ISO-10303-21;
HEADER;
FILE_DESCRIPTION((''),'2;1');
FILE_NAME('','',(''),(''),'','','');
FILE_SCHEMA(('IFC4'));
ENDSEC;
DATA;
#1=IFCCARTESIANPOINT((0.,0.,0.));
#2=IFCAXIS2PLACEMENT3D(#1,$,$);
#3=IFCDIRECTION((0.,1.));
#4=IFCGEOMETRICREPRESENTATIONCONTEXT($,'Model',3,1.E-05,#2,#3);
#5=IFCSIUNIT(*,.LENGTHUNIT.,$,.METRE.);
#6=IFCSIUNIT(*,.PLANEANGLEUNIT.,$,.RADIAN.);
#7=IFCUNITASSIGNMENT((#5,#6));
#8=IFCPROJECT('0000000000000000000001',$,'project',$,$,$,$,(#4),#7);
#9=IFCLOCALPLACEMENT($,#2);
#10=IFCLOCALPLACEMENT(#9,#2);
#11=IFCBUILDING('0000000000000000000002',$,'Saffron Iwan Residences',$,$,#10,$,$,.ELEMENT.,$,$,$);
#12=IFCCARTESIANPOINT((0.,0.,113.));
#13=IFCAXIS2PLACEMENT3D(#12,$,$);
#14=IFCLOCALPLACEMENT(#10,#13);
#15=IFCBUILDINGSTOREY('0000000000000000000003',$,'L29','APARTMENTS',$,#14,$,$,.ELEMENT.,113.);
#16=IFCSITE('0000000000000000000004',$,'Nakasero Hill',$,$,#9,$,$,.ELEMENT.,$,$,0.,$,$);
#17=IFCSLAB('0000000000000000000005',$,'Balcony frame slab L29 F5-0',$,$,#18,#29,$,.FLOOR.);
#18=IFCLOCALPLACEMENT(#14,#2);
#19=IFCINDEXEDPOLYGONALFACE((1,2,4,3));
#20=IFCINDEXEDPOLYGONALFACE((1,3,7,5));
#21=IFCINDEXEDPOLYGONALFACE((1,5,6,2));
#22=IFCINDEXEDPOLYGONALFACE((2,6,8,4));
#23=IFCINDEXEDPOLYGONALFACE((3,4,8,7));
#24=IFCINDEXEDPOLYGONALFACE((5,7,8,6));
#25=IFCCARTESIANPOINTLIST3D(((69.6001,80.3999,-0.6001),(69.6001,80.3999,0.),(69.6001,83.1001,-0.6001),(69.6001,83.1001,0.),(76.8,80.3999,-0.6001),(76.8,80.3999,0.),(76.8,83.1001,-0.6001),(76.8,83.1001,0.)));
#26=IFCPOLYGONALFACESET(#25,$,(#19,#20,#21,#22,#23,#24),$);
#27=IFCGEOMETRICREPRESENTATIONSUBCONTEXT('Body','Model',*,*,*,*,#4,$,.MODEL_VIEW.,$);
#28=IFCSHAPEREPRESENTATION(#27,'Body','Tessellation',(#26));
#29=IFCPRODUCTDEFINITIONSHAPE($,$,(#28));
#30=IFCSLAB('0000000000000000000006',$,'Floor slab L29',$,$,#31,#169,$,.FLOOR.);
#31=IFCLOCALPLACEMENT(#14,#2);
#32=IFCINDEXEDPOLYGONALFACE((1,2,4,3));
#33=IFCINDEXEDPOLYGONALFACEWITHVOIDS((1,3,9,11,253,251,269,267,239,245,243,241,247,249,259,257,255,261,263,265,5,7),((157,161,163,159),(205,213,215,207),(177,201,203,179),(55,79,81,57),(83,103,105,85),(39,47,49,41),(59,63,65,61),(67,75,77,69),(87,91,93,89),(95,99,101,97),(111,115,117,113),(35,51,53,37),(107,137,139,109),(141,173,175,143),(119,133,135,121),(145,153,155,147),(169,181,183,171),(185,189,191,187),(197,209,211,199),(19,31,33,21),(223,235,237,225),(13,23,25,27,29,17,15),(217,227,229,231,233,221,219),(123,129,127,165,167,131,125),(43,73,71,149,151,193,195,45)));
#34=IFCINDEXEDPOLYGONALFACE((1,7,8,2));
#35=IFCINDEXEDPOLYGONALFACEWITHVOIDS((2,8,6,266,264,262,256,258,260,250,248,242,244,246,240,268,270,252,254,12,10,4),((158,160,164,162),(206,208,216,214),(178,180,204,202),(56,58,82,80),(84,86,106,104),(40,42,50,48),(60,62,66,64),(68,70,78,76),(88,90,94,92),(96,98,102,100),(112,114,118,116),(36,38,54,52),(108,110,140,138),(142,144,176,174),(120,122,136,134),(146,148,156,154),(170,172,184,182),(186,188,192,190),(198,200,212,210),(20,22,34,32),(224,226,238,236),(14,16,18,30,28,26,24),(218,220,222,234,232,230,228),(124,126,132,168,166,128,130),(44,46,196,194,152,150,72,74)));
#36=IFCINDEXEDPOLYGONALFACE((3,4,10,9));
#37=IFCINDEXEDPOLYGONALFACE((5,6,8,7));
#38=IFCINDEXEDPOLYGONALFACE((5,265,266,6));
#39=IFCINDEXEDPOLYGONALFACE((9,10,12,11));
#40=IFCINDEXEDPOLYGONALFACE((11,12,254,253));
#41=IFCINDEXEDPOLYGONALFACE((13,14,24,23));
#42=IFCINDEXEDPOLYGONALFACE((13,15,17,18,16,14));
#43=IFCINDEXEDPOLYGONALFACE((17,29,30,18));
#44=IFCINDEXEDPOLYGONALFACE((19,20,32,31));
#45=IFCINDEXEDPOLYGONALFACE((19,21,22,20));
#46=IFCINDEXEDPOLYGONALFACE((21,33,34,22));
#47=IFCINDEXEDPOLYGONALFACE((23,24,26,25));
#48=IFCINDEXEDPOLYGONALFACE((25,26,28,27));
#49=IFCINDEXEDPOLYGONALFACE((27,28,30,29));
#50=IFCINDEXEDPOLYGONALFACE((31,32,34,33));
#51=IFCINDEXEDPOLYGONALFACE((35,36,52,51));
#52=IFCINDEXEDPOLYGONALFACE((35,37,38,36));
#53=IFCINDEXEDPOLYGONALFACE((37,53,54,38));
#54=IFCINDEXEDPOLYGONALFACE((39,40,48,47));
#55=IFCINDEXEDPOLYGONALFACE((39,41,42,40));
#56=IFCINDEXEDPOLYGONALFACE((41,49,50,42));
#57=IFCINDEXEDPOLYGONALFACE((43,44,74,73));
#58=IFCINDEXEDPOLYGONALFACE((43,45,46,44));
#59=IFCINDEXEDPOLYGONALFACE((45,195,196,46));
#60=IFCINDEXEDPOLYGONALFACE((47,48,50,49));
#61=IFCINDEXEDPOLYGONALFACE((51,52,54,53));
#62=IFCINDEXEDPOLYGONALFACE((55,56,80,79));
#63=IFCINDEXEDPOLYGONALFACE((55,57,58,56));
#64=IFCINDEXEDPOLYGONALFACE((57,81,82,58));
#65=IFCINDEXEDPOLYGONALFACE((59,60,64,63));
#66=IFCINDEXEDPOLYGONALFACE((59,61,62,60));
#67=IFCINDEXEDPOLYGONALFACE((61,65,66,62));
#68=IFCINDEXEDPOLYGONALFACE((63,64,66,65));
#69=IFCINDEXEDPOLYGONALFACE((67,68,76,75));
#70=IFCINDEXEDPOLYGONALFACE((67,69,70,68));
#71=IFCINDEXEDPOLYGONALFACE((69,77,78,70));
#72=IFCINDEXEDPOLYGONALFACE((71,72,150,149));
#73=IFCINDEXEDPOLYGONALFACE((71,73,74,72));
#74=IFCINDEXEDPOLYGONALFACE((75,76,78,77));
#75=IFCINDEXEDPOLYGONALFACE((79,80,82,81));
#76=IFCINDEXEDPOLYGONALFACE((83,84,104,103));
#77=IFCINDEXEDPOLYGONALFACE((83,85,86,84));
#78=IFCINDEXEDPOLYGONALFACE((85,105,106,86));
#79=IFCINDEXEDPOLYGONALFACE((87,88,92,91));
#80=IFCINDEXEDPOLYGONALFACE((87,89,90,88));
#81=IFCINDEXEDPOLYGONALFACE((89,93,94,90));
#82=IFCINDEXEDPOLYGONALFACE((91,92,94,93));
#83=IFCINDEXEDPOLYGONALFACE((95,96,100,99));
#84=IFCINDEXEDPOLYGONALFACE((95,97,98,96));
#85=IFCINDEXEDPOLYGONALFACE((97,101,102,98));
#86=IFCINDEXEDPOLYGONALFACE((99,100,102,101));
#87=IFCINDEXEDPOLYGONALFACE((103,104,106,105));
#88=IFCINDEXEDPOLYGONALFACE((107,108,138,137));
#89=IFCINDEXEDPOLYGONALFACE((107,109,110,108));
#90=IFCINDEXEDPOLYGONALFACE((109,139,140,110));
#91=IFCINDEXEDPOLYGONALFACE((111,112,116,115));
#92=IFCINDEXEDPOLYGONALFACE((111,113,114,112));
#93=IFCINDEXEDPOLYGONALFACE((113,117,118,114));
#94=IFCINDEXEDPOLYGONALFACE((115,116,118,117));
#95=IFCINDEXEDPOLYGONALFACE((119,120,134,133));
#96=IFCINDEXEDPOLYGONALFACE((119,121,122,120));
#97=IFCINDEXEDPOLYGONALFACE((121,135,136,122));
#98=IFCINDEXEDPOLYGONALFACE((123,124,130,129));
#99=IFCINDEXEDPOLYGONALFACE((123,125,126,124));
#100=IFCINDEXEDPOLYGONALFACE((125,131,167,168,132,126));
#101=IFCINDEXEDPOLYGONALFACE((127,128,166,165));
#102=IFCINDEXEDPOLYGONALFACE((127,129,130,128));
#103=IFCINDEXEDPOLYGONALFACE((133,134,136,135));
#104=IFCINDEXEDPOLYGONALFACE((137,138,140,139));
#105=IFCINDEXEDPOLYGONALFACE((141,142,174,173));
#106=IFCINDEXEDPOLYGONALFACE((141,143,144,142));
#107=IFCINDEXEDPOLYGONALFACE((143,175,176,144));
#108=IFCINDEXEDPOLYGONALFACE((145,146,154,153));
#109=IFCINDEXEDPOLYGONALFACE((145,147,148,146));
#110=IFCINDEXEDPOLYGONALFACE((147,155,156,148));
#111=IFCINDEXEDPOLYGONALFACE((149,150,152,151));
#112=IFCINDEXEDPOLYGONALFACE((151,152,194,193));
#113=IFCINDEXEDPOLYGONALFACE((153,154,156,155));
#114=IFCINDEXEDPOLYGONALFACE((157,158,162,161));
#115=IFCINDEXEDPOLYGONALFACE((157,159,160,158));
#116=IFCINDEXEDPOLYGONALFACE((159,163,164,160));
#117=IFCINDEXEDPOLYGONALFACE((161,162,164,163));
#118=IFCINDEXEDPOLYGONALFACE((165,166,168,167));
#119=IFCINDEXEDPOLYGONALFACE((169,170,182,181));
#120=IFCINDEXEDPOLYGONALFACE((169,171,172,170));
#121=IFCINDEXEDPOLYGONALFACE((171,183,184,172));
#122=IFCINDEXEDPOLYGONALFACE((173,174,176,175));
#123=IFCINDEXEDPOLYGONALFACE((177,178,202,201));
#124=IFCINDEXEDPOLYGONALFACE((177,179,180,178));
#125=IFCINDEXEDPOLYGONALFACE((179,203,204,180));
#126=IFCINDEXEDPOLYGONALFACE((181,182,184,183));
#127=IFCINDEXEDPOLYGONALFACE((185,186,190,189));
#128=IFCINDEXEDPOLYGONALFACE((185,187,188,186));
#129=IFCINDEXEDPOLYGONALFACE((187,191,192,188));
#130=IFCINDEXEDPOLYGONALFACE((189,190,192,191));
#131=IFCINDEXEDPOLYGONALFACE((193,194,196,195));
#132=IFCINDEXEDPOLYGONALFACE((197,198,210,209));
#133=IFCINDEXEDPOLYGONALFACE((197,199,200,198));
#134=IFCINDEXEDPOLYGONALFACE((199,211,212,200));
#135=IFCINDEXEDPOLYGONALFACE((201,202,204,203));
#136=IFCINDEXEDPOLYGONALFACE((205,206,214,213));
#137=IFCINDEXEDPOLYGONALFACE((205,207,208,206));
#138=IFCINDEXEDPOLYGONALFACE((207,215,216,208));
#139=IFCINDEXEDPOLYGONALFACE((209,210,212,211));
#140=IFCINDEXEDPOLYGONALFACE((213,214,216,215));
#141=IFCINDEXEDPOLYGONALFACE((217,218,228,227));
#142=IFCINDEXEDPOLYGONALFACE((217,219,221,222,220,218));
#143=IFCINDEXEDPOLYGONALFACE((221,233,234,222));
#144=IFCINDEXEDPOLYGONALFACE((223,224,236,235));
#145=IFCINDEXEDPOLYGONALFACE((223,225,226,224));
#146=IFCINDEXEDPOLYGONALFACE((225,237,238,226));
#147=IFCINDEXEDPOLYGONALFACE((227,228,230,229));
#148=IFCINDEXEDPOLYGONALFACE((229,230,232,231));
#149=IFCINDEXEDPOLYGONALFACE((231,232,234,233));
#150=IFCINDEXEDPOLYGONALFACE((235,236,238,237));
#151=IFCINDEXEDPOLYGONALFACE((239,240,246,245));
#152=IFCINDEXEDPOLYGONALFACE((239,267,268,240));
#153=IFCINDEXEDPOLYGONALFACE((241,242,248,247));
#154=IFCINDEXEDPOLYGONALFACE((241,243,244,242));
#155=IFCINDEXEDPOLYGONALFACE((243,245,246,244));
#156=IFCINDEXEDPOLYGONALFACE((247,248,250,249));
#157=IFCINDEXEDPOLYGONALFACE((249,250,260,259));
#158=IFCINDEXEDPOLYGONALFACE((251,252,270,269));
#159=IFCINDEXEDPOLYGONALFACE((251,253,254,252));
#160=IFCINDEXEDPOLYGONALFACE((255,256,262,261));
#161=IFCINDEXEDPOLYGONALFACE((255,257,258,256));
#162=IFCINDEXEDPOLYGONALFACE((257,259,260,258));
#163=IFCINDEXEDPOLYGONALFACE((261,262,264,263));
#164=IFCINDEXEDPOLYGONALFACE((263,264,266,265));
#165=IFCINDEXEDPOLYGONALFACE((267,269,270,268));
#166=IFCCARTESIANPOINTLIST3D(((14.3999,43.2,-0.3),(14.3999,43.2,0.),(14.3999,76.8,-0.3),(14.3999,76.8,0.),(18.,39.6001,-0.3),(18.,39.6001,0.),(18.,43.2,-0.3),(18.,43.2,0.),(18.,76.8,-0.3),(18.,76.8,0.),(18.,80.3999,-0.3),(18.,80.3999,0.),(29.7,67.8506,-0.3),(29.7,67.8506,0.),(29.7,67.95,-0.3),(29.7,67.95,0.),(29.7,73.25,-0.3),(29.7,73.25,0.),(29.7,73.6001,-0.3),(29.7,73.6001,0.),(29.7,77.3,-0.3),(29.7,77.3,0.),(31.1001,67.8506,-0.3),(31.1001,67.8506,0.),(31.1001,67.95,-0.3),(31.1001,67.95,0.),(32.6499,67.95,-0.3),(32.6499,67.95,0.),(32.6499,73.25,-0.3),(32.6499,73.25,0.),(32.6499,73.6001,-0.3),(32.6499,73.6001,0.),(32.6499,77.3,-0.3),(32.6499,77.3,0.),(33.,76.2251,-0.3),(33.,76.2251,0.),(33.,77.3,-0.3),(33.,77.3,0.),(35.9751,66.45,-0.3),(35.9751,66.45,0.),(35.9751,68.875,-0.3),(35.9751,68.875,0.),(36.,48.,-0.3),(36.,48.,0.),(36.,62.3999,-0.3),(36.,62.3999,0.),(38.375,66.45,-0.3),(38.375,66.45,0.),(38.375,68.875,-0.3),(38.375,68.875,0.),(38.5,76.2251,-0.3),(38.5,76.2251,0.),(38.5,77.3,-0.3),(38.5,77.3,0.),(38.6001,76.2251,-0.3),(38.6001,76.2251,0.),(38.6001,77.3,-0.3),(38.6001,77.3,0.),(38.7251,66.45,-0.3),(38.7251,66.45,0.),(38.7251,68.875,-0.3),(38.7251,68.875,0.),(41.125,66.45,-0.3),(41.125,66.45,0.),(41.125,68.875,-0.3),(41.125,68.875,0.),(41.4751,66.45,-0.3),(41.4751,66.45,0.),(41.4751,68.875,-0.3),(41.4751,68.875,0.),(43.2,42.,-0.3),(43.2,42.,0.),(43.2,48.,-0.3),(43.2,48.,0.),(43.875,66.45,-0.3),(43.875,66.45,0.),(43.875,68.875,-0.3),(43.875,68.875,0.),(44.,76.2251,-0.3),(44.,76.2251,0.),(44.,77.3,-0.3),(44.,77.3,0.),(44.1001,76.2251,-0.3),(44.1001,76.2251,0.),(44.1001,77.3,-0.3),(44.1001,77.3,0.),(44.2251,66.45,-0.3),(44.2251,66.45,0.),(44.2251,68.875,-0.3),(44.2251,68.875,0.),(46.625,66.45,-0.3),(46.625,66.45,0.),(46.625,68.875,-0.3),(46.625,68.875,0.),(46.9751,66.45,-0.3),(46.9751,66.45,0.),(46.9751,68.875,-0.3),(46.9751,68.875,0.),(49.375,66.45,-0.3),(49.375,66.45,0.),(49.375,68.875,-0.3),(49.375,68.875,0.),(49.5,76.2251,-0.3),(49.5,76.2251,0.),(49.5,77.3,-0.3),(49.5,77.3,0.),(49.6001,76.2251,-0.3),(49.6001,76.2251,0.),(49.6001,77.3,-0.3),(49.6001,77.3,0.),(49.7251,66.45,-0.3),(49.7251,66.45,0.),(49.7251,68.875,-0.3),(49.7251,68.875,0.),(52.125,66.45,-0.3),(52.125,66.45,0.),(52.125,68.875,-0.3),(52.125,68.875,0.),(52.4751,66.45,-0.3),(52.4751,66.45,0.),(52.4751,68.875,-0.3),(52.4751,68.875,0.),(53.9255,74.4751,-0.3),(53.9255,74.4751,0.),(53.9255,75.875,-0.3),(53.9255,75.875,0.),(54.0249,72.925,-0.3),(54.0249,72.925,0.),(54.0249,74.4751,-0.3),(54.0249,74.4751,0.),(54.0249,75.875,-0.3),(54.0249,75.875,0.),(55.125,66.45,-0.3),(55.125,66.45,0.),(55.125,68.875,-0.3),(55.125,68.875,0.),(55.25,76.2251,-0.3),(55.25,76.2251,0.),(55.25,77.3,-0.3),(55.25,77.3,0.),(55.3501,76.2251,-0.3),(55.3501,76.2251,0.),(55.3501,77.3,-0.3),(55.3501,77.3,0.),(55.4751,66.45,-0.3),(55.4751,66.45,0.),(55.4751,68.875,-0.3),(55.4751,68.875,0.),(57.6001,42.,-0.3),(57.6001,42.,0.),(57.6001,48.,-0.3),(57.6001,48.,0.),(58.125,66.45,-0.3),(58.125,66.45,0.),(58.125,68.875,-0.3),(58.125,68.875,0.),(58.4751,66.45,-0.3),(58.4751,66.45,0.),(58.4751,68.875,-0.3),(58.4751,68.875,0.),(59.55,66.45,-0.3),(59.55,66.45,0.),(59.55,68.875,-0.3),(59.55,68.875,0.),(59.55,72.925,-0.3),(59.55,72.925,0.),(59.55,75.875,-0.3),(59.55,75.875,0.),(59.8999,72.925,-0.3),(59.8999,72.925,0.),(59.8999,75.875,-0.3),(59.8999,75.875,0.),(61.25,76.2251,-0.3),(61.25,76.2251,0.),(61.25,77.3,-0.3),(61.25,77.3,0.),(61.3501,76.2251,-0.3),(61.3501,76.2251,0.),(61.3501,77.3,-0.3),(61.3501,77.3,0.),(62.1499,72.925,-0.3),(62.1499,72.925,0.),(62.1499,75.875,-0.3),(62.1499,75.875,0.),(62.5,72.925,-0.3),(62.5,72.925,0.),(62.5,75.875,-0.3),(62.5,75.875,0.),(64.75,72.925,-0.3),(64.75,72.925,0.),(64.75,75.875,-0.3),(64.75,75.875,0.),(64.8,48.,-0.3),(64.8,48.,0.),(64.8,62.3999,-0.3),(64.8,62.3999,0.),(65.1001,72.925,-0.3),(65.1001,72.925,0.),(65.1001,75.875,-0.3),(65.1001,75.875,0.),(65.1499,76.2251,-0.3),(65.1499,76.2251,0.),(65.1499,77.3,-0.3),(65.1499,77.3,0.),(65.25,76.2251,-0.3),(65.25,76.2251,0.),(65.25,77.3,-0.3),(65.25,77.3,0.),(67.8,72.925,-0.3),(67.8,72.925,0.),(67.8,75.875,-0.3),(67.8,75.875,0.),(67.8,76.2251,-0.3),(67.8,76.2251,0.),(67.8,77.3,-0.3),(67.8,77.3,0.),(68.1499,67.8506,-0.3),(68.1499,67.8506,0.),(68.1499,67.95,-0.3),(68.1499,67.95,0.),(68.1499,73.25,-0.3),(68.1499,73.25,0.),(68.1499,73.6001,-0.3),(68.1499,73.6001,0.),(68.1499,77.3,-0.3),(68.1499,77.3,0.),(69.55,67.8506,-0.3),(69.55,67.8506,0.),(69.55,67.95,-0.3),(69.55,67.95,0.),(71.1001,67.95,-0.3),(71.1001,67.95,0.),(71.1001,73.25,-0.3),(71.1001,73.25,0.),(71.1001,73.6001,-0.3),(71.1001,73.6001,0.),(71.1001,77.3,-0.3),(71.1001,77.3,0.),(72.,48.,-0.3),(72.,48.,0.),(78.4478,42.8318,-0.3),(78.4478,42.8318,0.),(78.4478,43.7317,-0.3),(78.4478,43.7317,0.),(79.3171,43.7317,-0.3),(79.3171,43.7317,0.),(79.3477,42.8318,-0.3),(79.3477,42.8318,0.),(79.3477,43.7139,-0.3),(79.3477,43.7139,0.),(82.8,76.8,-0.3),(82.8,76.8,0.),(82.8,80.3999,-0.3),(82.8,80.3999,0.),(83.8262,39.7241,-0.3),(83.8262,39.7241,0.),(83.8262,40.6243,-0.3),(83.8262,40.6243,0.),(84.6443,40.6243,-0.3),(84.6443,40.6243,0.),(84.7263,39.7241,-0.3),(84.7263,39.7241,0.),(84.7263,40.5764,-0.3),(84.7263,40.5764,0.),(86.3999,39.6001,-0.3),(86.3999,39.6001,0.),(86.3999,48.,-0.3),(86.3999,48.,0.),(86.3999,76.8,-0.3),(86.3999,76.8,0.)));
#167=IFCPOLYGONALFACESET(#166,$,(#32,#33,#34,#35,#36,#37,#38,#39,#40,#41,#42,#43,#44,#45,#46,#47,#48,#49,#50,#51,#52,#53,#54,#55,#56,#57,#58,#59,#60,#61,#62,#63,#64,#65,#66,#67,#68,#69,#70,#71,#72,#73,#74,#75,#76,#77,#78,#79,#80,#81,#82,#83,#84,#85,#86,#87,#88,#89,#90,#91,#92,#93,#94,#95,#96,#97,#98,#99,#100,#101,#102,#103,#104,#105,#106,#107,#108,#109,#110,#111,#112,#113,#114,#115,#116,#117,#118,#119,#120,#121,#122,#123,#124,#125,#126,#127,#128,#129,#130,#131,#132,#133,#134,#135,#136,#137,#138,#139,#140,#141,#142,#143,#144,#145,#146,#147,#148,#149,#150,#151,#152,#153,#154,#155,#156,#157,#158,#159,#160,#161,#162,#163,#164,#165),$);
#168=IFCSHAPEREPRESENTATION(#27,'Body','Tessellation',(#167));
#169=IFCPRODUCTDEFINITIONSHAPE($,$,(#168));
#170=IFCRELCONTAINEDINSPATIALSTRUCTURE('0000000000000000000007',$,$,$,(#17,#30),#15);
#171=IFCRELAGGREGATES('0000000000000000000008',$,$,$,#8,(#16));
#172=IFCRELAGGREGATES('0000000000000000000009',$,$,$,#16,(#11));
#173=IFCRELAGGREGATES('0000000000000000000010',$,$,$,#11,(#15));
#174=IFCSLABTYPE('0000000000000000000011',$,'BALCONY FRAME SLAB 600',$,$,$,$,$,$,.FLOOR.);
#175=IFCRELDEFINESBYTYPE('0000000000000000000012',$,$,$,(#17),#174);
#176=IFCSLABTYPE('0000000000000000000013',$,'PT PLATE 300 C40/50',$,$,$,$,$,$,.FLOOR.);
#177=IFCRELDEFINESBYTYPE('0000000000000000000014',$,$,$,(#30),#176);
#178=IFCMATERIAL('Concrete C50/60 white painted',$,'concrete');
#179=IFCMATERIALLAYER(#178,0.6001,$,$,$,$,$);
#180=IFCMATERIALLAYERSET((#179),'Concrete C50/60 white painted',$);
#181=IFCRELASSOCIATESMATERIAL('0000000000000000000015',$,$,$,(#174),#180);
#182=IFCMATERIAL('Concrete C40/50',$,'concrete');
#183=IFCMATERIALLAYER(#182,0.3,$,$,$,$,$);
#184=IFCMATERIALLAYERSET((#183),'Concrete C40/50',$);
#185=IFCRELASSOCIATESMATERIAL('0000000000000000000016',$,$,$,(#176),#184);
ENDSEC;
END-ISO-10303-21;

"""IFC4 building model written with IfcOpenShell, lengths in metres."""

from ifc_helpers import new_model, si_unit, direction, frame, origin, place, context, subcontext, project, spatial, polyline, outline, extrude, material, layer, layer_set, type_object, element, save


model = new_model("IFC4")

# Units and contexts
model_context = context("Model", 3, precision=1e-05, world=origin(), true_north=direction((0.0, 1.0)))
body_context = subcontext(model_context, "Body", "Model", "MODEL_VIEW")
ifc_project = project(units=[si_unit("LENGTHUNIT", "METRE"), si_unit("PLANEANGLEUNIT", "RADIAN")], contexts=[model_context])

# Site, building, storey
site_placement = place(None, origin())
site = spatial("IfcSite", under=ifc_project, at=site_placement, Name="Nakasero Hill", CompositionType="ELEMENT", RefElevation=0.0)
building_placement = place(site_placement, origin())
building = spatial("IfcBuilding", under=site, at=building_placement, Name="Saffron Iwan Residences", CompositionType="ELEMENT")
storey_placement = place(building_placement, frame((0.0, 0.0, 113.0)))
storey = spatial("IfcBuildingStorey", under=building, at=storey_placement, Name="L29", Description="APARTMENTS", CompositionType="ELEMENT", Elevation=113.0)

# Slabs
ifc_material_1 = material(Name="Concrete C50/60 white painted", Category="concrete")
ifc_layer_1 = layer(ifc_material_1, 0.6001)
ifc_layer_set_1 = layer_set([ifc_layer_1], Name="Concrete C50/60 white painted")
slab_type_1 = type_object("IfcSlabType", Name="BALCONY FRAME SLAB 600", PredefinedType="FLOOR", material=ifc_layer_set_1)
slab_1_placement = place(storey_placement, frame((0.0, 0.0, -0.6001)))
element("IfcSlab", 1, at=slab_1_placement, inside=storey, type_object=slab_type_1, Name="Balcony frame slab L29 F5-0", PredefinedType="FLOOR", context=body_context, shape_type="SweptSolid", body=[
    extrude(outline(polyline([(76.8, 83.1001), (69.6001, 83.1001), (69.6001, 80.3999), (76.8, 80.3999), (76.8, 83.1001)])), origin(), (0.0, 0.0, 1.0), 0.6001),
])
ifc_material_2 = material(Name="Concrete C40/50", Category="concrete")
ifc_layer_2 = layer(ifc_material_2, 0.3)
ifc_layer_set_2 = layer_set([ifc_layer_2], Name="Concrete C40/50")
slab_type_2 = type_object("IfcSlabType", Name="PT PLATE 300 C40/50", PredefinedType="FLOOR", material=ifc_layer_set_2)
slab_2_placement = place(storey_placement, frame((0.0, 0.0, -0.3)))
element("IfcSlab", 2, at=slab_2_placement, inside=storey, type_object=slab_type_2, Name="Floor slab L29", PredefinedType="FLOOR", context=body_context, shape_type="SweptSolid", body=[
    extrude(outline(polyline([(14.3999, 43.2), (14.3999, 76.8), (18.0, 76.8), (18.0, 80.3999), (82.8, 80.3999), (82.8, 76.8), (86.3999, 76.8), (86.3999, 48.0), (72.0, 48.0), (79.3171, 43.7317), (78.4478, 43.7317), (78.4478, 42.8318), (79.3477, 42.8318), (79.3477, 43.7139), (84.6443, 40.6243), (83.8262, 40.6243), (83.8262, 39.7241), (84.7263, 39.7241), (84.7263, 40.5764), (86.3999, 39.6001), (18.0, 39.6001), (18.0, 43.2), (14.3999, 43.2)]), holes=[polyline([(64.8, 48.0), (64.8, 62.3999), (36.0, 62.3999), (36.0, 48.0), (43.2, 48.0), (43.2, 42.0), (57.6001, 42.0), (57.6001, 48.0), (64.8, 48.0)]), polyline([(38.375, 68.875), (35.9751, 68.875), (35.9751, 66.45), (38.375, 66.45), (38.375, 68.875)]), polyline([(41.125, 66.45), (41.125, 68.875), (38.7251, 68.875), (38.7251, 66.45), (41.125, 66.45)]), polyline([(43.875, 66.45), (43.875, 68.875), (41.4751, 68.875), (41.4751, 66.45), (43.875, 66.45)]), polyline([(46.625, 68.875), (44.2251, 68.875), (44.2251, 66.45), (46.625, 66.45), (46.625, 68.875)]), polyline([(49.375, 66.45), (49.375, 68.875), (46.9751, 68.875), (46.9751, 66.45), (49.375, 66.45)]), polyline([(52.125, 66.45), (52.125, 68.875), (49.7251, 68.875), (49.7251, 66.45), (52.125, 66.45)]), polyline([(55.125, 68.875), (52.4751, 68.875), (52.4751, 66.45), (55.125, 66.45), (55.125, 68.875)]), polyline([(32.6499, 73.25), (29.7, 73.25), (29.7, 67.95), (29.7, 67.8506), (31.1001, 67.8506), (31.1001, 67.95), (32.6499, 67.95), (32.6499, 73.25)]), polyline([(32.6499, 73.6001), (32.6499, 77.3), (29.7, 77.3), (29.7, 73.6001), (32.6499, 73.6001)]), polyline([(38.5, 76.2251), (38.5, 77.3), (33.0, 77.3), (33.0, 76.2251), (38.5, 76.2251)]), polyline([(44.0, 76.2251), (44.0, 77.3), (38.6001, 77.3), (38.6001, 76.2251), (44.0, 76.2251)]), polyline([(49.5, 76.2251), (49.5, 77.3), (44.1001, 77.3), (44.1001, 76.2251), (49.5, 76.2251)]), polyline([(55.25, 76.2251), (55.25, 77.3), (49.6001, 77.3), (49.6001, 76.2251), (55.25, 76.2251)]), polyline([(58.125, 66.45), (58.125, 68.875), (55.4751, 68.875), (55.4751, 66.45), (58.125, 66.45)]), polyline([(59.55, 68.875), (58.4751, 68.875), (58.4751, 66.45), (59.55, 66.45), (59.55, 68.875)]), polyline([(71.1001, 73.25), (68.1499, 73.25), (68.1499, 67.95), (68.1499, 67.8506), (69.55, 67.8506), (69.55, 67.95), (71.1001, 67.95), (71.1001, 73.25)]), polyline([(53.9255, 74.4751), (54.0249, 74.4751), (54.0249, 72.925), (59.55, 72.925), (59.55, 75.875), (54.0249, 75.875), (53.9255, 75.875), (53.9255, 74.4751)]), polyline([(62.1499, 75.875), (59.8999, 75.875), (59.8999, 72.925), (62.1499, 72.925), (62.1499, 75.875)]), polyline([(64.75, 72.925), (64.75, 75.875), (62.5, 75.875), (62.5, 72.925), (64.75, 72.925)]), polyline([(67.8, 72.925), (67.8, 75.875), (65.1001, 75.875), (65.1001, 72.925), (67.8, 72.925)]), polyline([(71.1001, 73.6001), (71.1001, 77.3), (68.1499, 77.3), (68.1499, 73.6001), (71.1001, 73.6001)]), polyline([(61.25, 76.2251), (61.25, 77.3), (55.3501, 77.3), (55.3501, 76.2251), (61.25, 76.2251)]), polyline([(65.1499, 76.2251), (65.1499, 77.3), (61.3501, 77.3), (61.3501, 76.2251), (65.1499, 76.2251)]), polyline([(67.8, 76.2251), (67.8, 77.3), (65.25, 77.3), (65.25, 76.2251), (67.8, 76.2251)])]), origin(), (0.0, 0.0, 1.0), 0.3),
])

save(model, "model.ifc")
